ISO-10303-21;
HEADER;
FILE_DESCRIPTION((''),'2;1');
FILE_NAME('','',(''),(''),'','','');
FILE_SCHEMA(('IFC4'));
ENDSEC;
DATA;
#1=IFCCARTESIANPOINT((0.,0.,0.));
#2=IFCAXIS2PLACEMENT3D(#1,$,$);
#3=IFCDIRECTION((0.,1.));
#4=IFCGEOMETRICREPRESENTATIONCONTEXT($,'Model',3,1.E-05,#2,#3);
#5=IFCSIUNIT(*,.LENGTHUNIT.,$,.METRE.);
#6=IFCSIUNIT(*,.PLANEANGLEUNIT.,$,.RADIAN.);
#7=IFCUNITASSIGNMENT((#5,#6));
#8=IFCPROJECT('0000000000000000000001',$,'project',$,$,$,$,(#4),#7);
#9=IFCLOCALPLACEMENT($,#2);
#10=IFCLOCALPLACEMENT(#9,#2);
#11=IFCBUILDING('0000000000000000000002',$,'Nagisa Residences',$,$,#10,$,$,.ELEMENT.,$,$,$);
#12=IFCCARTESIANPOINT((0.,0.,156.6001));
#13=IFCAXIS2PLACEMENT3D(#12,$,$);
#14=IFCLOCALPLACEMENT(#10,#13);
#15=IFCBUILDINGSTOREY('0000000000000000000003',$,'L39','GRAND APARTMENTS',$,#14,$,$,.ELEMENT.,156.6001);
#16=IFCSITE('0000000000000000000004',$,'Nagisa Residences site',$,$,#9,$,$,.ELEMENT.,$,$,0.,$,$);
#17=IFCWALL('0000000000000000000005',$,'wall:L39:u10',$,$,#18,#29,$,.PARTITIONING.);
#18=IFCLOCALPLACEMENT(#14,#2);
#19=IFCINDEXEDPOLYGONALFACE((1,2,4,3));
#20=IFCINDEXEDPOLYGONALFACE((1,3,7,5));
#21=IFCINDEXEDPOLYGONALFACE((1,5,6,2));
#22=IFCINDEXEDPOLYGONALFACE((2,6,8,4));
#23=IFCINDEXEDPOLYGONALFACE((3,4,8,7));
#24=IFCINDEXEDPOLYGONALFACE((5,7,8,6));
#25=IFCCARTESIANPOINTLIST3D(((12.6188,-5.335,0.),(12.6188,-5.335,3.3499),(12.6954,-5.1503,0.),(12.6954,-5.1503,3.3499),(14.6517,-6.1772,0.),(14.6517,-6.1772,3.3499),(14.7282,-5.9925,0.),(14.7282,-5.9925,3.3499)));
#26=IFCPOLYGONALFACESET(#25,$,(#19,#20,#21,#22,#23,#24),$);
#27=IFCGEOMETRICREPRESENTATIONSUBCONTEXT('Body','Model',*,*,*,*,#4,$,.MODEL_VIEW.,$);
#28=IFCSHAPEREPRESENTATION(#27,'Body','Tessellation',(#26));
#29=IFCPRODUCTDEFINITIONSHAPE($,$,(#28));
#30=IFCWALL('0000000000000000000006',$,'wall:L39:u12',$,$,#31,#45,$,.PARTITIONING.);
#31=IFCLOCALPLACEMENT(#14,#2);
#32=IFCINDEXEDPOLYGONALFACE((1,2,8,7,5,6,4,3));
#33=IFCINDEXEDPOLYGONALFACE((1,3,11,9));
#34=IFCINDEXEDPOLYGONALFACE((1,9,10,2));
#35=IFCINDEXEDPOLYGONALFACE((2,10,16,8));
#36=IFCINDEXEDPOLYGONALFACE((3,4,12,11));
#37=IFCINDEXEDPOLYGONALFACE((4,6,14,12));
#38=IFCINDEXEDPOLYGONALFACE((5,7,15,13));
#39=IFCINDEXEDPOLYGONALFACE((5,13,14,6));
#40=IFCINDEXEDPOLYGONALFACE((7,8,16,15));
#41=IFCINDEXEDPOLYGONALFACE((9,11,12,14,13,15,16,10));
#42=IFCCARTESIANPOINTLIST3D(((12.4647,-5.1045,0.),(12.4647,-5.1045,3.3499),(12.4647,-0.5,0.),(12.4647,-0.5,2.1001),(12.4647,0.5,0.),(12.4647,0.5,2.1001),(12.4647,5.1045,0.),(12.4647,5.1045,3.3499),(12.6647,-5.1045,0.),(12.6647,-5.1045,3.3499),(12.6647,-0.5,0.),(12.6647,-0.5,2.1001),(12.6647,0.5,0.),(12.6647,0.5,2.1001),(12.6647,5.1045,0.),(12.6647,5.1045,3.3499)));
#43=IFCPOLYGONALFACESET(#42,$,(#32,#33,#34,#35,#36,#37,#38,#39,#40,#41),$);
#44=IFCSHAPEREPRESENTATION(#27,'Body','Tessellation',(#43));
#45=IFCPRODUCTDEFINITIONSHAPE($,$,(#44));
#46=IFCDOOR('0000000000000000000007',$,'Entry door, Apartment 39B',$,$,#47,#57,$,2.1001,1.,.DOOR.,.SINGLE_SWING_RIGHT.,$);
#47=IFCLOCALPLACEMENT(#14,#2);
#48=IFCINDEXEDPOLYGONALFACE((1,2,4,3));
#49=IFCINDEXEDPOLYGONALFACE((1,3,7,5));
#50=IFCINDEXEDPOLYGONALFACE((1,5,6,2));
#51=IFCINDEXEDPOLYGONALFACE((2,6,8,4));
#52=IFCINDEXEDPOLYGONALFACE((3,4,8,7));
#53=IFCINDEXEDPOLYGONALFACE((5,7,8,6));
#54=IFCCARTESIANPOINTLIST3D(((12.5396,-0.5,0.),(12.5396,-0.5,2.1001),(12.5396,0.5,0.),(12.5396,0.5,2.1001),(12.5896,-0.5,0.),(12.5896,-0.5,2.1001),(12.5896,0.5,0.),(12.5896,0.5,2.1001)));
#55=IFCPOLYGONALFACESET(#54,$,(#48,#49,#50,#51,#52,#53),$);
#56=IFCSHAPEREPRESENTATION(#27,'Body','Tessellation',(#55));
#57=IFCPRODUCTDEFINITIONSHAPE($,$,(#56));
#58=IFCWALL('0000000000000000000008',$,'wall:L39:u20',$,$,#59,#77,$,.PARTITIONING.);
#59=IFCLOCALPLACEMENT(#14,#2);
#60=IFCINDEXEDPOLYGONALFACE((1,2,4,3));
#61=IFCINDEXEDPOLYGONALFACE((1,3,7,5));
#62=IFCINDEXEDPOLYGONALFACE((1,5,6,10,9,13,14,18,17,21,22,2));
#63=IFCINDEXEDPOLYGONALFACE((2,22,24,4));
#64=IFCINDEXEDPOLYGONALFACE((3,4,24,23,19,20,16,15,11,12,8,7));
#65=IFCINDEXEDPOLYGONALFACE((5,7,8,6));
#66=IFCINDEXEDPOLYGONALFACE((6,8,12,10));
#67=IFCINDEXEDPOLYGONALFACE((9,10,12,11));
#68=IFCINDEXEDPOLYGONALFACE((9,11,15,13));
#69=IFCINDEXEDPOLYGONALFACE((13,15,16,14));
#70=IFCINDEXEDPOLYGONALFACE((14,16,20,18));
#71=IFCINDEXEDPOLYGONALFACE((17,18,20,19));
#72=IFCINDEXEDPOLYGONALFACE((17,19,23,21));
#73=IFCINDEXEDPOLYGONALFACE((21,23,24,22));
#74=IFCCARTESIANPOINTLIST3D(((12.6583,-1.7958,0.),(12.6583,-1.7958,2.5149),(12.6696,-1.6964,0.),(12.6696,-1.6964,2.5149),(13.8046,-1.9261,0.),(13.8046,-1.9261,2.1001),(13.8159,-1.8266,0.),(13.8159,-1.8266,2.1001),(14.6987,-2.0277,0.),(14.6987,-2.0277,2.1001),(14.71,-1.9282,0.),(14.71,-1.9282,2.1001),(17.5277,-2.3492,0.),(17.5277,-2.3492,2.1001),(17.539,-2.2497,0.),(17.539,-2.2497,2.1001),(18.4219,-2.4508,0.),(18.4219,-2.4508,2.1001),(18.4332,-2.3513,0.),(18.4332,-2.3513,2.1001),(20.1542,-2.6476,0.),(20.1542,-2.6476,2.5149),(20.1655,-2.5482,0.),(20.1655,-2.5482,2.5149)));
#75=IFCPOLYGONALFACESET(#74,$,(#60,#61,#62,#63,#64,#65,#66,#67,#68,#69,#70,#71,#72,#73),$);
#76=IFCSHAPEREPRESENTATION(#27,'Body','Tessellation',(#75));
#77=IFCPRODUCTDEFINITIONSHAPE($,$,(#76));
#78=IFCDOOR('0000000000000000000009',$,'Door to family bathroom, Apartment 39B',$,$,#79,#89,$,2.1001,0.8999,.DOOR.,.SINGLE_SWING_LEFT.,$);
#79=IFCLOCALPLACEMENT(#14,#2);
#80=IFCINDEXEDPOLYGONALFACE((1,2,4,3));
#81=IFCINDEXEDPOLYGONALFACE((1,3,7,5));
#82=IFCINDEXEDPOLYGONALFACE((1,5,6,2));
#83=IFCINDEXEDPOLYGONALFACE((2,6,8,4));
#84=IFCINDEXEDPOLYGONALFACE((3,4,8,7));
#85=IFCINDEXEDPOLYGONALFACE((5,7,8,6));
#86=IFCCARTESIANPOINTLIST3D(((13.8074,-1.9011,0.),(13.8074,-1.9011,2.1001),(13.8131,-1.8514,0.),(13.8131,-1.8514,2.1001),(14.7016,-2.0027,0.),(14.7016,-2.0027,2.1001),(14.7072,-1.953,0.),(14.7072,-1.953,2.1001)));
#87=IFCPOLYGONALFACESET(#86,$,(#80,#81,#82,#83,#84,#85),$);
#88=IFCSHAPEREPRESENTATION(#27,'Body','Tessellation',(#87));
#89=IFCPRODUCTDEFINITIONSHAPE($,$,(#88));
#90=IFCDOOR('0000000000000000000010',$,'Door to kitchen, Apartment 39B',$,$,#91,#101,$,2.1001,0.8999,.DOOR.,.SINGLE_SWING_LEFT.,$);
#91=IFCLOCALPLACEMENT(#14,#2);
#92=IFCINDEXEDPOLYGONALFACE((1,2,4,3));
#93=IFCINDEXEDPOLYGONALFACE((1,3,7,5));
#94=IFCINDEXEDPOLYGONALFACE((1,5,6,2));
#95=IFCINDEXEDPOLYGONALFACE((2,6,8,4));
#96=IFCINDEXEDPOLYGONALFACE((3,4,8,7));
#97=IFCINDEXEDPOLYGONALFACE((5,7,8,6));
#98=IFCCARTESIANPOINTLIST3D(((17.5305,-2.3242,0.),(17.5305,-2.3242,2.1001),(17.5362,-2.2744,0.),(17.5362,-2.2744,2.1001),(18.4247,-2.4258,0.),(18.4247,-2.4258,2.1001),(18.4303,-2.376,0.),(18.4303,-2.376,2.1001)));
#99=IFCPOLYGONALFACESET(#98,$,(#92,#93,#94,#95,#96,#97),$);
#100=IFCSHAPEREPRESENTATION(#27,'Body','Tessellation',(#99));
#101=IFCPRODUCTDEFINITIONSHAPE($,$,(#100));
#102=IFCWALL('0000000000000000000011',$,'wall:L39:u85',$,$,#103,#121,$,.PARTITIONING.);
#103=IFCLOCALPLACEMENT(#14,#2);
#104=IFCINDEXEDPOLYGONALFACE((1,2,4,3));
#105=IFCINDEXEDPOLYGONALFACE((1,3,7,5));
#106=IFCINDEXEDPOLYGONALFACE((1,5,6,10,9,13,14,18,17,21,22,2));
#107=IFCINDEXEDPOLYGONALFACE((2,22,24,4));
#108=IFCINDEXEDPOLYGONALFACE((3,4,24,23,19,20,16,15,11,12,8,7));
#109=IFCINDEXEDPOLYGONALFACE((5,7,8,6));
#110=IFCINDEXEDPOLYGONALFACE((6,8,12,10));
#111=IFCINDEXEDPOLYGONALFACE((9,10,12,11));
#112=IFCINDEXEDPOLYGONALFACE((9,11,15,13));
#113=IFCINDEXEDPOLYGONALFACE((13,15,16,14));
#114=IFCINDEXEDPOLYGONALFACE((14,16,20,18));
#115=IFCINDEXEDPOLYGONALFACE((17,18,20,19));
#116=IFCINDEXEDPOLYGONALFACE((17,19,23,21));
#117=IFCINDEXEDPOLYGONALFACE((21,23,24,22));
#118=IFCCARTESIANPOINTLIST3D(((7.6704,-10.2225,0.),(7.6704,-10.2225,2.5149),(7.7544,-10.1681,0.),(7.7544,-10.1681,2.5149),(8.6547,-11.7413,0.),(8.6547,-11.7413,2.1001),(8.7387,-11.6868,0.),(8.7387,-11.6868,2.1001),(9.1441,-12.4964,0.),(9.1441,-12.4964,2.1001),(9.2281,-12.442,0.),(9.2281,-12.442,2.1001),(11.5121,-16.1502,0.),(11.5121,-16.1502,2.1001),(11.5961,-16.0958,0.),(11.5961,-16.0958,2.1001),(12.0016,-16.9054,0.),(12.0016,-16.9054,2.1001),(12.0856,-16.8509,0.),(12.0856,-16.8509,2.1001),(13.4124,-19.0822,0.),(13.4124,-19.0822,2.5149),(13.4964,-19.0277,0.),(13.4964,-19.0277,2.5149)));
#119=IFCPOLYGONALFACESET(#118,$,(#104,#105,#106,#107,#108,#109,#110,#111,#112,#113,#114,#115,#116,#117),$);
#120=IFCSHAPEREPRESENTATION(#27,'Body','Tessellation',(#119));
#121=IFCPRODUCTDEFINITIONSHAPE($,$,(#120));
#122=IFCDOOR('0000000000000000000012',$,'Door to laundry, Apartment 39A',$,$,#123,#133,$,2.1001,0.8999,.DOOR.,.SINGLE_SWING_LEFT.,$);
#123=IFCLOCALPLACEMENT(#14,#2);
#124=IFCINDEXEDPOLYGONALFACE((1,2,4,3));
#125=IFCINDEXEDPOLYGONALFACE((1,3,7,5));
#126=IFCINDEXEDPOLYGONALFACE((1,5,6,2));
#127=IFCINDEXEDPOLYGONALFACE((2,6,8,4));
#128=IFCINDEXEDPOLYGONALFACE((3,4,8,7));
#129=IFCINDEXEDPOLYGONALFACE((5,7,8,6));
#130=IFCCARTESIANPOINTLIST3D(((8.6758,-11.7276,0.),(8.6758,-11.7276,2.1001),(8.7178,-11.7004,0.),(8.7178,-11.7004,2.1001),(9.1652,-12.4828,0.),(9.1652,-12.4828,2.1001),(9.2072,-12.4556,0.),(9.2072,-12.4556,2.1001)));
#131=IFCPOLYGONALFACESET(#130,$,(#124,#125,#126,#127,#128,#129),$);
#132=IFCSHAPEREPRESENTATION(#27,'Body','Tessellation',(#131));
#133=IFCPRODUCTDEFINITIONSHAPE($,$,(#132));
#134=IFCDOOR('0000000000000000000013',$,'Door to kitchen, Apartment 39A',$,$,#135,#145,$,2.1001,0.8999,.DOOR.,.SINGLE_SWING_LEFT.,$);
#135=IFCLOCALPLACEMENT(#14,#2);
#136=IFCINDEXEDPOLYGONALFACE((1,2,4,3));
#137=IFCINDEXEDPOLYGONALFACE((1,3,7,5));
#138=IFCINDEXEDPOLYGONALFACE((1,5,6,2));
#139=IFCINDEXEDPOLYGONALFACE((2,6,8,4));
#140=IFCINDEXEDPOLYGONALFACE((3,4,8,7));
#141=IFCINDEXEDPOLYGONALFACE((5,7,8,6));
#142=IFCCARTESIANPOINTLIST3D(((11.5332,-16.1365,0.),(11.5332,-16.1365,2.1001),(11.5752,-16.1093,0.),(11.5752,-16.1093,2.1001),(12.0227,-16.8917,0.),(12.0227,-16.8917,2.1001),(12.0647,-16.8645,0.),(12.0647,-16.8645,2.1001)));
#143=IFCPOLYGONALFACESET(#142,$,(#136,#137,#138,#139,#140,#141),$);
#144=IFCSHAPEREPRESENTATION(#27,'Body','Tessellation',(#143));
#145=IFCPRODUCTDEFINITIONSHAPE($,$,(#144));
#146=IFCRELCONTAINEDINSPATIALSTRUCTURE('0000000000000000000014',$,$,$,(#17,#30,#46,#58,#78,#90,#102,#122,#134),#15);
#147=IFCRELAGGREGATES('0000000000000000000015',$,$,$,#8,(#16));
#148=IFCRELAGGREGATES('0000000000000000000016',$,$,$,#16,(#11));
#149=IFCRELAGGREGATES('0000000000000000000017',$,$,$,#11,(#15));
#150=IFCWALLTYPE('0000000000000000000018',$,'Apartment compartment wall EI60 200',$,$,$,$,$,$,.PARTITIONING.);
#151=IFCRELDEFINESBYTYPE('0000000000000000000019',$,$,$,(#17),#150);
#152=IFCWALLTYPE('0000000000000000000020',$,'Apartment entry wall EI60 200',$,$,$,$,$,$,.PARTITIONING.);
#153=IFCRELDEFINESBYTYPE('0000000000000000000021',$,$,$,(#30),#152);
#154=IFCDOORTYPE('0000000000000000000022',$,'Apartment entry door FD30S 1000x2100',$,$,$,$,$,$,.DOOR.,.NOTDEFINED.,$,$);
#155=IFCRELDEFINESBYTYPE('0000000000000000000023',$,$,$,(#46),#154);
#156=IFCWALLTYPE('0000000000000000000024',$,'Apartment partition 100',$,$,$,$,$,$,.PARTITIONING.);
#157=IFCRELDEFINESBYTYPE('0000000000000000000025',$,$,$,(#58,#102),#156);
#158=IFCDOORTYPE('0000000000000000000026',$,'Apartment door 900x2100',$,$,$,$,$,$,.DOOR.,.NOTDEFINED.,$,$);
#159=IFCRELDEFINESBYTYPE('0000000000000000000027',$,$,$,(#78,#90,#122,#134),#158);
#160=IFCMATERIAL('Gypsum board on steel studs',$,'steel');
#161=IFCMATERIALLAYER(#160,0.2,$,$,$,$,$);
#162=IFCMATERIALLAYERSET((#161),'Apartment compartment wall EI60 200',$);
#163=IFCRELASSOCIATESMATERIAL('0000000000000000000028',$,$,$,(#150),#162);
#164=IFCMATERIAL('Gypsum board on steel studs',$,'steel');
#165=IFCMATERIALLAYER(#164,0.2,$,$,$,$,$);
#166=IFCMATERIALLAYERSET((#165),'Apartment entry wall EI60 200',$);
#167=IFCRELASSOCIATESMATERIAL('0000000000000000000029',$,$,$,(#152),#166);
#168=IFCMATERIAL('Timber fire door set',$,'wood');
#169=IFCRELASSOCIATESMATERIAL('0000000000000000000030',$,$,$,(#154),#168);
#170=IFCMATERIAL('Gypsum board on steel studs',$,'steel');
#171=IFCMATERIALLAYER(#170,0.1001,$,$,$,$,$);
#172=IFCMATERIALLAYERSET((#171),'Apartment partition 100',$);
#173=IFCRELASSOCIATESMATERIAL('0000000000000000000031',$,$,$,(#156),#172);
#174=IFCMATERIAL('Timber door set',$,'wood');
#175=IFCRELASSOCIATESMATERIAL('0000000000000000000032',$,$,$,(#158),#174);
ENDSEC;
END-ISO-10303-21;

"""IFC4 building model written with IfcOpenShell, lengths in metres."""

from ifc_helpers import new_model, si_unit, direction, frame, frame_2d, origin, place, context, subcontext, project, spatial, rectangle, extrude, material, layer, layer_set, type_object, element, fill, save


model = new_model("IFC4")

# Units and contexts
model_context = context("Model", 3, precision=1e-05, world=origin(), true_north=direction((0.0, 1.0)))
body_context = subcontext(model_context, "Body", "Model", "MODEL_VIEW")
ifc_project = project(units=[si_unit("LENGTHUNIT", "METRE"), si_unit("PLANEANGLEUNIT", "RADIAN")], contexts=[model_context])

# Site, building, storey
site_placement = place(None, origin())
site = spatial("IfcSite", under=ifc_project, at=site_placement, Name="Nagisa Residences site", CompositionType="ELEMENT", RefElevation=0.0)
building_placement = place(site_placement, origin())
building = spatial("IfcBuilding", under=site, at=building_placement, Name="Nagisa Residences", CompositionType="ELEMENT")
storey_placement = place(building_placement, frame((0.0, 0.0, 156.6001)))
storey = spatial("IfcBuildingStorey", under=building, at=storey_placement, Name="L39", Description="GRAND APARTMENTS", CompositionType="ELEMENT", Elevation=156.6001)

# Wall
ifc_material_1 = material(Name="Gypsum board on steel studs", Category="steel")
ifc_layer_1 = layer(ifc_material_1, 0.2)
ifc_layer_set_1 = layer_set([ifc_layer_1], Name="Apartment compartment wall EI60 200")
wall_type_1 = type_object("IfcWallType", Name="Apartment compartment wall EI60 200", PredefinedType="PARTITIONING", material=ifc_layer_set_1)
wall_1_placement = place(storey_placement, frame((12.6572, -5.2427, 0.0), z_axis=(0.0, 0.0, 1.0), x_axis=(0.923846, -0.382763, 0.0)))
element("IfcWall", 1, at=wall_1_placement, inside=storey, type_object=wall_type_1, Name="wall:L39:u10", PredefinedType="PARTITIONING", context=body_context, shape_type="SweptSolid", body=[
    extrude(rectangle(XDim=2.2004, YDim=0.2, at=frame_2d((1.1001, 0.0))), origin(), (0.0, 0.0, 1.0), 3.3499),
])

# Wall, opening, door
ifc_material_2 = material(Name="Gypsum board on steel studs", Category="steel")
ifc_layer_2 = layer(ifc_material_2, 0.2)
ifc_layer_set_2 = layer_set([ifc_layer_2], Name="Apartment entry wall EI60 200")
wall_type_2 = type_object("IfcWallType", Name="Apartment entry wall EI60 200", PredefinedType="PARTITIONING", material=ifc_layer_set_2)
wall_2_placement = place(storey_placement, frame((12.5647, -5.1045, 0.0), z_axis=(0.0, 0.0, 1.0), x_axis=(0.0, 1.0, 0.0)))
wall_2 = element("IfcWall", 2, at=wall_2_placement, inside=storey, type_object=wall_type_2, Name="wall:L39:u12", PredefinedType="PARTITIONING", context=body_context, shape_type="SweptSolid", body=[
    extrude(rectangle(XDim=10.209, YDim=0.2, at=frame_2d((5.1045, 0.0))), origin(), (0.0, 0.0, 1.0), 3.3499),
])
opening_1_placement = place(wall_2_placement, frame((4.6045, 0.0, 0.0)))
opening_1 = element("IfcOpeningElement", 3, at=opening_1_placement, cuts=wall_2, PredefinedType="OPENING", context=body_context, shape_type="SweptSolid", body=[
    extrude(rectangle(XDim=1.0, YDim=2.1001, at=frame_2d((0.5, 1.05))), frame((0.0, 0.1099, 0.0), z_axis=(0.0, -1.0, 0.0), x_axis=(1.0, 0.0, 0.0)), (0.0, 0.0, 1.0), 0.22),
])
ifc_material_3 = material(Name="Timber fire door set", Category="wood")
door_type_1 = type_object("IfcDoorType", Name="Apartment entry door FD30S 1000x2100", OperationType="NOTDEFINED", PredefinedType="DOOR", material=ifc_material_3)
door_1_placement = place(opening_1_placement, frame((1.0, 0.0, 0.0), x_axis=(-1.0, 0.0, 0.0)))
door_1 = element("IfcDoor", 4, at=door_1_placement, inside=storey, type_object=door_type_1, Name="Entry door, Apartment 39B", OperationType="SINGLE_SWING_RIGHT", OverallHeight=2.1001, OverallWidth=1.0, PredefinedType="DOOR", context=body_context, shape_type="SweptSolid", body=[
    extrude(rectangle(XDim=1.0, YDim=2.1001, at=frame_2d((0.5, 1.05))), frame((0.0, 0.0249, 0.0), z_axis=(0.0, -1.0, 0.0), x_axis=(1.0, 0.0, 0.0)), (0.0, 0.0, 1.0), 0.05),
])
fill(opening_1, door_1)

# Walls, openings, doors
ifc_material_4 = material(Name="Gypsum board on steel studs", Category="steel")
ifc_layer_3 = layer(ifc_material_4, 0.1001)
ifc_layer_set_3 = layer_set([ifc_layer_3], Name="Apartment partition 100")
wall_type_3 = type_object("IfcWallType", Name="Apartment partition 100", PredefinedType="PARTITIONING", material=ifc_layer_set_3)
wall_3_placement = place(storey_placement, frame((12.6641, -1.7461, 0.0), z_axis=(0.0, 0.0, 1.0), x_axis=(0.993605, -0.11291, 0.0)))
wall_3 = element("IfcWall", 5, at=wall_3_placement, inside=storey, type_object=wall_type_3, Name="wall:L39:u20", PredefinedType="PARTITIONING", context=body_context, shape_type="SweptSolid", body=[
    extrude(rectangle(XDim=7.5442, YDim=0.1001, at=frame_2d((3.772, 0.0))), origin(), (0.0, 0.0, 1.0), 2.5149),
])
opening_2_placement = place(wall_3_placement, frame((1.1536, 0.0, 0.0)))
opening_2 = element("IfcOpeningElement", 6, at=opening_2_placement, cuts=wall_3, PredefinedType="OPENING", context=body_context, shape_type="SweptSolid", body=[
    extrude(rectangle(XDim=0.8999, YDim=2.1001, at=frame_2d((0.45, 1.05))), frame((0.0, 0.0601, 0.0), z_axis=(0.0, -1.0, 0.0), x_axis=(1.0, 0.0, 0.0)), (0.0, 0.0, 1.0), 0.1201),
])
opening_3_placement = place(wall_3_placement, frame((4.9006, 0.0, 0.0)))
opening_3 = element("IfcOpeningElement", 7, at=opening_3_placement, cuts=wall_3, PredefinedType="OPENING", context=body_context, shape_type="SweptSolid", body=[
    extrude(rectangle(XDim=0.8999, YDim=2.1001, at=frame_2d((0.45, 1.05))), frame((0.0, 0.0601, 0.0), z_axis=(0.0, -1.0, 0.0), x_axis=(1.0, 0.0, 0.0)), (0.0, 0.0, 1.0), 0.1201),
])
ifc_material_5 = material(Name="Timber door set", Category="wood")
door_type_2 = type_object("IfcDoorType", Name="Apartment door 900x2100", OperationType="NOTDEFINED", PredefinedType="DOOR", material=ifc_material_5)
door_2_placement = place(opening_2_placement, frame((0.8999, 0.0, 0.0), x_axis=(-1.0, 0.0, 0.0)))
door_2 = element("IfcDoor", 8, at=door_2_placement, inside=storey, type_object=door_type_2, Name="Door to family bathroom, Apartment 39B", OperationType="SINGLE_SWING_LEFT", OverallHeight=2.1001, OverallWidth=0.8999, PredefinedType="DOOR", context=body_context, shape_type="SweptSolid", body=[
    extrude(rectangle(XDim=0.8999, YDim=2.1001, at=frame_2d((0.45, 1.05))), frame((0.0, 0.0249, 0.0), z_axis=(0.0, -1.0, 0.0), x_axis=(1.0, 0.0, 0.0)), (0.0, 0.0, 1.0), 0.05),
])
fill(opening_2, door_2)
door_3_placement = place(opening_3_placement, frame((0.8999, 0.0, 0.0), x_axis=(-1.0, 0.0, 0.0)))
door_3 = element("IfcDoor", 9, at=door_3_placement, inside=storey, type_object=door_type_2, Name="Door to kitchen, Apartment 39B", OperationType="SINGLE_SWING_LEFT", OverallHeight=2.1001, OverallWidth=0.8999, PredefinedType="DOOR", context=body_context, shape_type="SweptSolid", body=[
    extrude(rectangle(XDim=0.8999, YDim=2.1001, at=frame_2d((0.45, 1.05))), frame((0.0, 0.0249, 0.0), z_axis=(0.0, -1.0, 0.0), x_axis=(1.0, 0.0, 0.0)), (0.0, 0.0, 1.0), 0.05),
])
fill(opening_3, door_3)
wall_4_placement = place(storey_placement, frame((7.7124, -10.1953, 0.0), z_axis=(0.0, 0.0, 1.0), x_axis=(0.543869, -0.83917, 0.0)))
wall_4 = element("IfcWall", 10, at=wall_4_placement, inside=storey, type_object=wall_type_3, Name="wall:L39:u85", PredefinedType="PARTITIONING", context=body_context, shape_type="SweptSolid", body=[
    extrude(rectangle(XDim=10.5576, YDim=0.1001, at=frame_2d((5.2788, 0.0))), origin(), (0.0, 0.0, 1.0), 2.5149),
])
opening_4_placement = place(wall_4_placement, frame((1.8098, 0.0, 0.0)))
opening_4 = element("IfcOpeningElement", 11, at=opening_4_placement, cuts=wall_4, PredefinedType="OPENING", context=body_context, shape_type="SweptSolid", body=[
    extrude(rectangle(XDim=0.8999, YDim=2.1001, at=frame_2d((0.45, 1.05))), frame((0.0, 0.0601, 0.0), z_axis=(0.0, -1.0, 0.0), x_axis=(1.0, 0.0, 0.0)), (0.0, 0.0, 1.0), 0.1201),
])
opening_5_placement = place(wall_4_placement, frame((7.0637, 0.0, 0.0)))
opening_5 = element("IfcOpeningElement", 12, at=opening_5_placement, cuts=wall_4, PredefinedType="OPENING", context=body_context, shape_type="SweptSolid", body=[
    extrude(rectangle(XDim=0.8999, YDim=2.1001, at=frame_2d((0.45, 1.05))), frame((0.0, 0.0601, 0.0), z_axis=(0.0, -1.0, 0.0), x_axis=(1.0, 0.0, 0.0)), (0.0, 0.0, 1.0), 0.1201),
])
door_4_placement = place(opening_4_placement, frame((0.8999, 0.0, 0.0), x_axis=(-1.0, 0.0, 0.0)))
door_4 = element("IfcDoor", 13, at=door_4_placement, inside=storey, type_object=door_type_2, Name="Door to laundry, Apartment 39A", OperationType="SINGLE_SWING_LEFT", OverallHeight=2.1001, OverallWidth=0.8999, PredefinedType="DOOR", context=body_context, shape_type="SweptSolid", body=[
    extrude(rectangle(XDim=0.8999, YDim=2.1001, at=frame_2d((0.45, 1.05))), frame((0.0, 0.0249, 0.0), z_axis=(0.0, -1.0, 0.0), x_axis=(1.0, 0.0, 0.0)), (0.0, 0.0, 1.0), 0.05),
])
fill(opening_4, door_4)
door_5_placement = place(opening_5_placement, frame((0.8999, 0.0, 0.0), x_axis=(-1.0, 0.0, 0.0)))
door_5 = element("IfcDoor", 14, at=door_5_placement, inside=storey, type_object=door_type_2, Name="Door to kitchen, Apartment 39A", OperationType="SINGLE_SWING_LEFT", OverallHeight=2.1001, OverallWidth=0.8999, PredefinedType="DOOR", context=body_context, shape_type="SweptSolid", body=[
    extrude(rectangle(XDim=0.8999, YDim=2.1001, at=frame_2d((0.45, 1.05))), frame((0.0, 0.0249, 0.0), z_axis=(0.0, -1.0, 0.0), x_axis=(1.0, 0.0, 0.0)), (0.0, 0.0, 1.0), 0.05),
])
fill(opening_5, door_5)

save(model, "model.ifc")
